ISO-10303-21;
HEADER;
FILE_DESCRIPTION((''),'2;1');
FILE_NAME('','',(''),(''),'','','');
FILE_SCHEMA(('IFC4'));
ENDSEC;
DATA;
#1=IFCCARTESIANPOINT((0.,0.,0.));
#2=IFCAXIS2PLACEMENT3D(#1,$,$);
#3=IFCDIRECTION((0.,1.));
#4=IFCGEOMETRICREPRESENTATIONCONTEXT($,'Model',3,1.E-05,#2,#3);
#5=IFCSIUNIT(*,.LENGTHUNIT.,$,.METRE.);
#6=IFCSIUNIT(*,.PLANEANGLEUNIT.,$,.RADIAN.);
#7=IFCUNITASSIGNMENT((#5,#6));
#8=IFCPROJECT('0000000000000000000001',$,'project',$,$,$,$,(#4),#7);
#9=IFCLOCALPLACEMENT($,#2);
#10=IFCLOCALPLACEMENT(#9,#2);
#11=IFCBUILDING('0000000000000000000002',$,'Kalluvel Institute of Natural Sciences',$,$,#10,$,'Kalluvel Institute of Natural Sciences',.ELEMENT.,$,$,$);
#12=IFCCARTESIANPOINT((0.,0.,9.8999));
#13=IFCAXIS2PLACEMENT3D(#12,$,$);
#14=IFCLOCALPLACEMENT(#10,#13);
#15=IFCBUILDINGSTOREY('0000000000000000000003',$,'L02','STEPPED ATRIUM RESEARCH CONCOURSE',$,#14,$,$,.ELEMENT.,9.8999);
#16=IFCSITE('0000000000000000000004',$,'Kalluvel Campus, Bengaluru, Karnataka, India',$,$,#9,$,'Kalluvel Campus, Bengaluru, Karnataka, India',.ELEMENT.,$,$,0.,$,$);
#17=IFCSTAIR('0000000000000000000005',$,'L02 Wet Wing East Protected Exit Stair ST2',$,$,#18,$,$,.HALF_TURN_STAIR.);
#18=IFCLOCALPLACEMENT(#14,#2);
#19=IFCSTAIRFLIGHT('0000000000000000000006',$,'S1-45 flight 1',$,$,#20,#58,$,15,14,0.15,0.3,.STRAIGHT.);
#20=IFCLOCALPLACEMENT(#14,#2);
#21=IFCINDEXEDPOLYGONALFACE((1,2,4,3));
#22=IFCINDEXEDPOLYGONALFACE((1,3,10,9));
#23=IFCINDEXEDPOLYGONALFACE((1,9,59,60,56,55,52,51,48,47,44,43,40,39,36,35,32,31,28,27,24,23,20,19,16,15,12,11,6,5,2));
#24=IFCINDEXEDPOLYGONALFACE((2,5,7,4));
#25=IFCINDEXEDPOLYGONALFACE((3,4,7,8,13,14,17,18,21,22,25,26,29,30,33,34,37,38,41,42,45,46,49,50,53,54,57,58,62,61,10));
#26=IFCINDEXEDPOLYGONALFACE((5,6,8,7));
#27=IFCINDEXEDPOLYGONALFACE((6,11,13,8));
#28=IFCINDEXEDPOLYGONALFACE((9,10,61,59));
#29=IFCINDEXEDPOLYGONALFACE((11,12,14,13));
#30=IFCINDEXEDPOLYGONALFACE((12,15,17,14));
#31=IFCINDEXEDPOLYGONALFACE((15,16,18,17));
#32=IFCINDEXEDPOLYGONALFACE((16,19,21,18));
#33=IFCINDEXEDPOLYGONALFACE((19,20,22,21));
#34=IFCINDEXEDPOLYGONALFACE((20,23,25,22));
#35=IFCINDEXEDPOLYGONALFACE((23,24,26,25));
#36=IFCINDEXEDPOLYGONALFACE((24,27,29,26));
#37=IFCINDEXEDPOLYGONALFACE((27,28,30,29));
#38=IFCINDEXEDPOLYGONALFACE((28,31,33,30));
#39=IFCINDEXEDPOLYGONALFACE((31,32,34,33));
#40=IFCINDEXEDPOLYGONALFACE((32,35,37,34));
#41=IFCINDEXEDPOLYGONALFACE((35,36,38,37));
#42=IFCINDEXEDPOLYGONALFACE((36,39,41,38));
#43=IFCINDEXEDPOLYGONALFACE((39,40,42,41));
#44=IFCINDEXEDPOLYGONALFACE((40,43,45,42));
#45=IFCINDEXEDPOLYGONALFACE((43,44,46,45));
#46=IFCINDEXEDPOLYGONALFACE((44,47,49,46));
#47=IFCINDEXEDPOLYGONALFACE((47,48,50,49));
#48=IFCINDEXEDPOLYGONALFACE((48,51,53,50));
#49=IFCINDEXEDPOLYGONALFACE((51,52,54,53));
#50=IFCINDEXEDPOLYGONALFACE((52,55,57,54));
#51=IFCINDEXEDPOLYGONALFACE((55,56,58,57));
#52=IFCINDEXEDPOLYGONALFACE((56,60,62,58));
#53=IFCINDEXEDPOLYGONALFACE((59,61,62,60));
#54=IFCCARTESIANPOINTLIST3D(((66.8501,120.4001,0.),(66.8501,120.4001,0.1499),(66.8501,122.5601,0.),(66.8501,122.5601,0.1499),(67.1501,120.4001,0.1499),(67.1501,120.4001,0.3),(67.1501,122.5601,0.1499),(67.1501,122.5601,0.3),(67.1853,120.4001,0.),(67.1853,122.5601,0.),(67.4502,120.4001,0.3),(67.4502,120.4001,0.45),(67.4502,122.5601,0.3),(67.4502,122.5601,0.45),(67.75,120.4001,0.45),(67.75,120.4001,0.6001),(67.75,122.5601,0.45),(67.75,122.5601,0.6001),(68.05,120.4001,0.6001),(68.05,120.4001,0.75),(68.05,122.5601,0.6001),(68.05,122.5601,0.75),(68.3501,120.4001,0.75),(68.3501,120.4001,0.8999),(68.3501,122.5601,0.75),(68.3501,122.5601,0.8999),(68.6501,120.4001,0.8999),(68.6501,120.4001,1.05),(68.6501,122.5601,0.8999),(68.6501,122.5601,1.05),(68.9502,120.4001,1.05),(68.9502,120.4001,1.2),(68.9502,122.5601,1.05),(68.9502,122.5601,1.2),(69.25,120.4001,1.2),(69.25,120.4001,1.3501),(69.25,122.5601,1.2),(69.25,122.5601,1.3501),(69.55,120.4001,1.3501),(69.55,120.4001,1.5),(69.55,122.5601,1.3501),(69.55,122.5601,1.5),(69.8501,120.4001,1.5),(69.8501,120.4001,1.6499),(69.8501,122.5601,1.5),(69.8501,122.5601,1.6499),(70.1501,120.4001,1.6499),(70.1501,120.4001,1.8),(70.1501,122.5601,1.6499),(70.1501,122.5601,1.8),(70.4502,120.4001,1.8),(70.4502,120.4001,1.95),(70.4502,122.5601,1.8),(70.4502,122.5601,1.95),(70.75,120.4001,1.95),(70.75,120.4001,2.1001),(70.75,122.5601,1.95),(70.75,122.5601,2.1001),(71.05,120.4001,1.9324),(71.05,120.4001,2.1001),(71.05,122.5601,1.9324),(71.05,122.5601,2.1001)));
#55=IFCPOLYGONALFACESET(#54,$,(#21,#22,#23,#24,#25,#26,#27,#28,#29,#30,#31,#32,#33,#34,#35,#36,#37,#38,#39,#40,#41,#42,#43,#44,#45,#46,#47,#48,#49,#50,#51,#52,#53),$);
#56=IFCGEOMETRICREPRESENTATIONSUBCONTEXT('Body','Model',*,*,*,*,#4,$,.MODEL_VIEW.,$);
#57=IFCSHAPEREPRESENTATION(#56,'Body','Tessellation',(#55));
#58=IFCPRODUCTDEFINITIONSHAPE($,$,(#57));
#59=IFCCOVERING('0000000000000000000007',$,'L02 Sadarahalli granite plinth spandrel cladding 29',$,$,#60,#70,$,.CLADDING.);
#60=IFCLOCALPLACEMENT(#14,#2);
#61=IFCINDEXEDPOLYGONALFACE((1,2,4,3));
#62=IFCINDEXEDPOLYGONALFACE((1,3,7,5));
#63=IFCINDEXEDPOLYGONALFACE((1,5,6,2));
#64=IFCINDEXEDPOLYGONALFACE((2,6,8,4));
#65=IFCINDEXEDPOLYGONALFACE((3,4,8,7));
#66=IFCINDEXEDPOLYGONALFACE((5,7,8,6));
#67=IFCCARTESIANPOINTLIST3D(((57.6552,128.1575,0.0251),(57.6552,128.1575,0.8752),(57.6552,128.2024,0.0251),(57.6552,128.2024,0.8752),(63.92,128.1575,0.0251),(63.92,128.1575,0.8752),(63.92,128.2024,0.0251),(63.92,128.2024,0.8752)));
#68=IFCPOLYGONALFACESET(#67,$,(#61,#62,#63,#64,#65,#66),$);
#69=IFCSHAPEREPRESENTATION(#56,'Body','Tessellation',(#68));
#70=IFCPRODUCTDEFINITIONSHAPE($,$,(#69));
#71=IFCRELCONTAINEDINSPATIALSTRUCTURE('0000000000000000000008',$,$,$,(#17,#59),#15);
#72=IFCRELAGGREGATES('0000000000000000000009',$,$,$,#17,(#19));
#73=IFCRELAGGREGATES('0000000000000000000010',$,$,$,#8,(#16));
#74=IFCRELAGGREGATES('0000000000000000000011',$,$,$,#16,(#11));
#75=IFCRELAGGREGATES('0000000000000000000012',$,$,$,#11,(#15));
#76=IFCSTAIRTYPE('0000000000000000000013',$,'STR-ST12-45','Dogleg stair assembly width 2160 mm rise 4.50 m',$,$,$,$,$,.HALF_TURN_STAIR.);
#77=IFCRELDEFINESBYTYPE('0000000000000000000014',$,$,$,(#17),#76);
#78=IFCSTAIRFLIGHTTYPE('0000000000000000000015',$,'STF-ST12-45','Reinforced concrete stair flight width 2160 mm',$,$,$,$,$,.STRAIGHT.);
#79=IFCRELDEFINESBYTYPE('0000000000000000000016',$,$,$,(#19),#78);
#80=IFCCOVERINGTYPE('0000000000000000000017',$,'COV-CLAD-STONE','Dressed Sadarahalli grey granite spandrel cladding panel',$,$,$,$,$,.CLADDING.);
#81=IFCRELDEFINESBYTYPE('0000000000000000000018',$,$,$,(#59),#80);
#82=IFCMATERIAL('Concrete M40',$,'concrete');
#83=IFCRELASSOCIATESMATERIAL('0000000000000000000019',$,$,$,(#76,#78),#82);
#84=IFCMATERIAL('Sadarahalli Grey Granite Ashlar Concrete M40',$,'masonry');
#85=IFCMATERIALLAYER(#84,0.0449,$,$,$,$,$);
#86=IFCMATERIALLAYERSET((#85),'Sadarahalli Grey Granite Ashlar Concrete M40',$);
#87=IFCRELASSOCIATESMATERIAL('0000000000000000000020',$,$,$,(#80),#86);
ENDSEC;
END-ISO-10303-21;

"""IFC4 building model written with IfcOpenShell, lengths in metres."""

from ifc_helpers import new_model, si_unit, direction, frame, origin, origin_2d, place, context, subcontext, project, spatial, polyline, rectangle, outline, extrude, material, layer, layer_set, type_object, element, aggregate, save


model = new_model("IFC4")

# Units and contexts
model_context = context("Model", 3, precision=1e-05, world=origin(), true_north=direction((0.0, 1.0)))
body_context = subcontext(model_context, "Body", "Model", "MODEL_VIEW")
ifc_project = project(units=[si_unit("LENGTHUNIT", "METRE"), si_unit("PLANEANGLEUNIT", "RADIAN")], contexts=[model_context])

# Site, building, storey
site_placement = place(None, origin())
site = spatial("IfcSite", under=ifc_project, at=site_placement, Name="Kalluvel Campus, Bengaluru, Karnataka, India", LongName="Kalluvel Campus, Bengaluru, Karnataka, India", CompositionType="ELEMENT", RefElevation=0.0)
building_placement = place(site_placement, origin())
building = spatial("IfcBuilding", under=site, at=building_placement, Name="Kalluvel Institute of Natural Sciences", LongName="Kalluvel Institute of Natural Sciences", CompositionType="ELEMENT")
storey_placement = place(building_placement, frame((0.0, 0.0, 9.8999)))
storey = spatial("IfcBuildingStorey", under=building, at=storey_placement, Name="L02", Description="STEPPED ATRIUM RESEARCH CONCOURSE", CompositionType="ELEMENT", Elevation=9.8999)

# Shared definitions
ifc_material_1 = material(Name="Concrete M40", Category="concrete")

# Shared definitions
ifc_material_2 = material(Name="Sadarahalli Grey Granite Ashlar Concrete M40", Category="masonry")

# Stair, stair flight
stair_type = type_object("IfcStairType", Name="STR-ST12-45", Description="Dogleg stair assembly width 2160 mm rise 4.50 m", PredefinedType="HALF_TURN_STAIR", material=ifc_material_1)
stair_placement = place(storey_placement, origin())
stair = element("IfcStair", 1, at=stair_placement, inside=storey, type_object=stair_type, Name="L02 Wet Wing East Protected Exit Stair ST2", PredefinedType="HALF_TURN_STAIR")
stair_flight_type = type_object("IfcStairFlightType", Name="STF-ST12-45", Description="Reinforced concrete stair flight width 2160 mm", PredefinedType="STRAIGHT", material=ifc_material_1)
stair_flight_placement = place(storey_placement, frame((66.8501, 121.48, 0.0), z_axis=(0.0, 0.0, 1.0), x_axis=(1.0, 0.0, 0.0)))
stair_flight = element("IfcStairFlight", 2, at=stair_flight_placement, type_object=stair_flight_type, Name="S1-45 flight 1", NumberOfRisers=15, NumberOfTreads=14, PredefinedType="STRAIGHT", RiserHeight=0.15, TreadLength=0.3, context=body_context, shape_type="SweptSolid", body=[
    extrude(outline(polyline([(0.0, 0.0), (0.0, 0.1499), (0.3, 0.1499), (0.3, 0.3), (0.6001, 0.3), (0.6001, 0.45), (0.8999, 0.45), (0.8999, 0.6001), (1.2, 0.6001), (1.2, 0.75), (1.5, 0.75), (1.5, 0.8999), (1.8, 0.8999), (1.8, 1.05), (2.1001, 1.05), (2.1001, 1.2), (2.3999, 1.2), (2.3999, 1.3501), (2.7, 1.3501), (2.7, 1.5), (3.0, 1.5), (3.0, 1.6499), (3.3, 1.6499), (3.3, 1.8), (3.6001, 1.8), (3.6001, 1.95), (3.8999, 1.95), (3.8999, 2.1001), (4.2, 2.1001), (4.2, 2.25), (4.2, 1.9324), (0.3352, 0.0), (0.0, 0.0)])), frame((0.0, 1.0801, 0.0), z_axis=(0.0, -1.0, 0.0), x_axis=(1.0, 0.0, 0.0)), (0.0, 0.0, 1.0), 2.1599),
])
aggregate(stair, [stair_flight])

# Covering
ifc_layer_1 = layer(ifc_material_2, 0.0449)
ifc_layer_set_1 = layer_set([ifc_layer_1], Name="Sadarahalli Grey Granite Ashlar Concrete M40")
covering_type = type_object("IfcCoveringType", Name="COV-CLAD-STONE", Description="Dressed Sadarahalli grey granite spandrel cladding panel", PredefinedType="CLADDING", material=ifc_layer_set_1)
covering_placement = place(storey_placement, frame((60.7876, 128.1799, 0.0251), z_axis=(0.0, 0.0, 1.0), x_axis=(1.0, 0.0, 0.0)))
element("IfcCovering", 3, at=covering_placement, inside=storey, type_object=covering_type, Name="L02 Sadarahalli granite plinth spandrel cladding 29", PredefinedType="CLADDING", context=body_context, shape_type="SweptSolid", body=[
    extrude(rectangle(XDim=6.2649, YDim=0.0449, at=origin_2d()), origin(), (0.0, 0.0, 1.0), 0.8501),
])

save(model, "model.ifc")
